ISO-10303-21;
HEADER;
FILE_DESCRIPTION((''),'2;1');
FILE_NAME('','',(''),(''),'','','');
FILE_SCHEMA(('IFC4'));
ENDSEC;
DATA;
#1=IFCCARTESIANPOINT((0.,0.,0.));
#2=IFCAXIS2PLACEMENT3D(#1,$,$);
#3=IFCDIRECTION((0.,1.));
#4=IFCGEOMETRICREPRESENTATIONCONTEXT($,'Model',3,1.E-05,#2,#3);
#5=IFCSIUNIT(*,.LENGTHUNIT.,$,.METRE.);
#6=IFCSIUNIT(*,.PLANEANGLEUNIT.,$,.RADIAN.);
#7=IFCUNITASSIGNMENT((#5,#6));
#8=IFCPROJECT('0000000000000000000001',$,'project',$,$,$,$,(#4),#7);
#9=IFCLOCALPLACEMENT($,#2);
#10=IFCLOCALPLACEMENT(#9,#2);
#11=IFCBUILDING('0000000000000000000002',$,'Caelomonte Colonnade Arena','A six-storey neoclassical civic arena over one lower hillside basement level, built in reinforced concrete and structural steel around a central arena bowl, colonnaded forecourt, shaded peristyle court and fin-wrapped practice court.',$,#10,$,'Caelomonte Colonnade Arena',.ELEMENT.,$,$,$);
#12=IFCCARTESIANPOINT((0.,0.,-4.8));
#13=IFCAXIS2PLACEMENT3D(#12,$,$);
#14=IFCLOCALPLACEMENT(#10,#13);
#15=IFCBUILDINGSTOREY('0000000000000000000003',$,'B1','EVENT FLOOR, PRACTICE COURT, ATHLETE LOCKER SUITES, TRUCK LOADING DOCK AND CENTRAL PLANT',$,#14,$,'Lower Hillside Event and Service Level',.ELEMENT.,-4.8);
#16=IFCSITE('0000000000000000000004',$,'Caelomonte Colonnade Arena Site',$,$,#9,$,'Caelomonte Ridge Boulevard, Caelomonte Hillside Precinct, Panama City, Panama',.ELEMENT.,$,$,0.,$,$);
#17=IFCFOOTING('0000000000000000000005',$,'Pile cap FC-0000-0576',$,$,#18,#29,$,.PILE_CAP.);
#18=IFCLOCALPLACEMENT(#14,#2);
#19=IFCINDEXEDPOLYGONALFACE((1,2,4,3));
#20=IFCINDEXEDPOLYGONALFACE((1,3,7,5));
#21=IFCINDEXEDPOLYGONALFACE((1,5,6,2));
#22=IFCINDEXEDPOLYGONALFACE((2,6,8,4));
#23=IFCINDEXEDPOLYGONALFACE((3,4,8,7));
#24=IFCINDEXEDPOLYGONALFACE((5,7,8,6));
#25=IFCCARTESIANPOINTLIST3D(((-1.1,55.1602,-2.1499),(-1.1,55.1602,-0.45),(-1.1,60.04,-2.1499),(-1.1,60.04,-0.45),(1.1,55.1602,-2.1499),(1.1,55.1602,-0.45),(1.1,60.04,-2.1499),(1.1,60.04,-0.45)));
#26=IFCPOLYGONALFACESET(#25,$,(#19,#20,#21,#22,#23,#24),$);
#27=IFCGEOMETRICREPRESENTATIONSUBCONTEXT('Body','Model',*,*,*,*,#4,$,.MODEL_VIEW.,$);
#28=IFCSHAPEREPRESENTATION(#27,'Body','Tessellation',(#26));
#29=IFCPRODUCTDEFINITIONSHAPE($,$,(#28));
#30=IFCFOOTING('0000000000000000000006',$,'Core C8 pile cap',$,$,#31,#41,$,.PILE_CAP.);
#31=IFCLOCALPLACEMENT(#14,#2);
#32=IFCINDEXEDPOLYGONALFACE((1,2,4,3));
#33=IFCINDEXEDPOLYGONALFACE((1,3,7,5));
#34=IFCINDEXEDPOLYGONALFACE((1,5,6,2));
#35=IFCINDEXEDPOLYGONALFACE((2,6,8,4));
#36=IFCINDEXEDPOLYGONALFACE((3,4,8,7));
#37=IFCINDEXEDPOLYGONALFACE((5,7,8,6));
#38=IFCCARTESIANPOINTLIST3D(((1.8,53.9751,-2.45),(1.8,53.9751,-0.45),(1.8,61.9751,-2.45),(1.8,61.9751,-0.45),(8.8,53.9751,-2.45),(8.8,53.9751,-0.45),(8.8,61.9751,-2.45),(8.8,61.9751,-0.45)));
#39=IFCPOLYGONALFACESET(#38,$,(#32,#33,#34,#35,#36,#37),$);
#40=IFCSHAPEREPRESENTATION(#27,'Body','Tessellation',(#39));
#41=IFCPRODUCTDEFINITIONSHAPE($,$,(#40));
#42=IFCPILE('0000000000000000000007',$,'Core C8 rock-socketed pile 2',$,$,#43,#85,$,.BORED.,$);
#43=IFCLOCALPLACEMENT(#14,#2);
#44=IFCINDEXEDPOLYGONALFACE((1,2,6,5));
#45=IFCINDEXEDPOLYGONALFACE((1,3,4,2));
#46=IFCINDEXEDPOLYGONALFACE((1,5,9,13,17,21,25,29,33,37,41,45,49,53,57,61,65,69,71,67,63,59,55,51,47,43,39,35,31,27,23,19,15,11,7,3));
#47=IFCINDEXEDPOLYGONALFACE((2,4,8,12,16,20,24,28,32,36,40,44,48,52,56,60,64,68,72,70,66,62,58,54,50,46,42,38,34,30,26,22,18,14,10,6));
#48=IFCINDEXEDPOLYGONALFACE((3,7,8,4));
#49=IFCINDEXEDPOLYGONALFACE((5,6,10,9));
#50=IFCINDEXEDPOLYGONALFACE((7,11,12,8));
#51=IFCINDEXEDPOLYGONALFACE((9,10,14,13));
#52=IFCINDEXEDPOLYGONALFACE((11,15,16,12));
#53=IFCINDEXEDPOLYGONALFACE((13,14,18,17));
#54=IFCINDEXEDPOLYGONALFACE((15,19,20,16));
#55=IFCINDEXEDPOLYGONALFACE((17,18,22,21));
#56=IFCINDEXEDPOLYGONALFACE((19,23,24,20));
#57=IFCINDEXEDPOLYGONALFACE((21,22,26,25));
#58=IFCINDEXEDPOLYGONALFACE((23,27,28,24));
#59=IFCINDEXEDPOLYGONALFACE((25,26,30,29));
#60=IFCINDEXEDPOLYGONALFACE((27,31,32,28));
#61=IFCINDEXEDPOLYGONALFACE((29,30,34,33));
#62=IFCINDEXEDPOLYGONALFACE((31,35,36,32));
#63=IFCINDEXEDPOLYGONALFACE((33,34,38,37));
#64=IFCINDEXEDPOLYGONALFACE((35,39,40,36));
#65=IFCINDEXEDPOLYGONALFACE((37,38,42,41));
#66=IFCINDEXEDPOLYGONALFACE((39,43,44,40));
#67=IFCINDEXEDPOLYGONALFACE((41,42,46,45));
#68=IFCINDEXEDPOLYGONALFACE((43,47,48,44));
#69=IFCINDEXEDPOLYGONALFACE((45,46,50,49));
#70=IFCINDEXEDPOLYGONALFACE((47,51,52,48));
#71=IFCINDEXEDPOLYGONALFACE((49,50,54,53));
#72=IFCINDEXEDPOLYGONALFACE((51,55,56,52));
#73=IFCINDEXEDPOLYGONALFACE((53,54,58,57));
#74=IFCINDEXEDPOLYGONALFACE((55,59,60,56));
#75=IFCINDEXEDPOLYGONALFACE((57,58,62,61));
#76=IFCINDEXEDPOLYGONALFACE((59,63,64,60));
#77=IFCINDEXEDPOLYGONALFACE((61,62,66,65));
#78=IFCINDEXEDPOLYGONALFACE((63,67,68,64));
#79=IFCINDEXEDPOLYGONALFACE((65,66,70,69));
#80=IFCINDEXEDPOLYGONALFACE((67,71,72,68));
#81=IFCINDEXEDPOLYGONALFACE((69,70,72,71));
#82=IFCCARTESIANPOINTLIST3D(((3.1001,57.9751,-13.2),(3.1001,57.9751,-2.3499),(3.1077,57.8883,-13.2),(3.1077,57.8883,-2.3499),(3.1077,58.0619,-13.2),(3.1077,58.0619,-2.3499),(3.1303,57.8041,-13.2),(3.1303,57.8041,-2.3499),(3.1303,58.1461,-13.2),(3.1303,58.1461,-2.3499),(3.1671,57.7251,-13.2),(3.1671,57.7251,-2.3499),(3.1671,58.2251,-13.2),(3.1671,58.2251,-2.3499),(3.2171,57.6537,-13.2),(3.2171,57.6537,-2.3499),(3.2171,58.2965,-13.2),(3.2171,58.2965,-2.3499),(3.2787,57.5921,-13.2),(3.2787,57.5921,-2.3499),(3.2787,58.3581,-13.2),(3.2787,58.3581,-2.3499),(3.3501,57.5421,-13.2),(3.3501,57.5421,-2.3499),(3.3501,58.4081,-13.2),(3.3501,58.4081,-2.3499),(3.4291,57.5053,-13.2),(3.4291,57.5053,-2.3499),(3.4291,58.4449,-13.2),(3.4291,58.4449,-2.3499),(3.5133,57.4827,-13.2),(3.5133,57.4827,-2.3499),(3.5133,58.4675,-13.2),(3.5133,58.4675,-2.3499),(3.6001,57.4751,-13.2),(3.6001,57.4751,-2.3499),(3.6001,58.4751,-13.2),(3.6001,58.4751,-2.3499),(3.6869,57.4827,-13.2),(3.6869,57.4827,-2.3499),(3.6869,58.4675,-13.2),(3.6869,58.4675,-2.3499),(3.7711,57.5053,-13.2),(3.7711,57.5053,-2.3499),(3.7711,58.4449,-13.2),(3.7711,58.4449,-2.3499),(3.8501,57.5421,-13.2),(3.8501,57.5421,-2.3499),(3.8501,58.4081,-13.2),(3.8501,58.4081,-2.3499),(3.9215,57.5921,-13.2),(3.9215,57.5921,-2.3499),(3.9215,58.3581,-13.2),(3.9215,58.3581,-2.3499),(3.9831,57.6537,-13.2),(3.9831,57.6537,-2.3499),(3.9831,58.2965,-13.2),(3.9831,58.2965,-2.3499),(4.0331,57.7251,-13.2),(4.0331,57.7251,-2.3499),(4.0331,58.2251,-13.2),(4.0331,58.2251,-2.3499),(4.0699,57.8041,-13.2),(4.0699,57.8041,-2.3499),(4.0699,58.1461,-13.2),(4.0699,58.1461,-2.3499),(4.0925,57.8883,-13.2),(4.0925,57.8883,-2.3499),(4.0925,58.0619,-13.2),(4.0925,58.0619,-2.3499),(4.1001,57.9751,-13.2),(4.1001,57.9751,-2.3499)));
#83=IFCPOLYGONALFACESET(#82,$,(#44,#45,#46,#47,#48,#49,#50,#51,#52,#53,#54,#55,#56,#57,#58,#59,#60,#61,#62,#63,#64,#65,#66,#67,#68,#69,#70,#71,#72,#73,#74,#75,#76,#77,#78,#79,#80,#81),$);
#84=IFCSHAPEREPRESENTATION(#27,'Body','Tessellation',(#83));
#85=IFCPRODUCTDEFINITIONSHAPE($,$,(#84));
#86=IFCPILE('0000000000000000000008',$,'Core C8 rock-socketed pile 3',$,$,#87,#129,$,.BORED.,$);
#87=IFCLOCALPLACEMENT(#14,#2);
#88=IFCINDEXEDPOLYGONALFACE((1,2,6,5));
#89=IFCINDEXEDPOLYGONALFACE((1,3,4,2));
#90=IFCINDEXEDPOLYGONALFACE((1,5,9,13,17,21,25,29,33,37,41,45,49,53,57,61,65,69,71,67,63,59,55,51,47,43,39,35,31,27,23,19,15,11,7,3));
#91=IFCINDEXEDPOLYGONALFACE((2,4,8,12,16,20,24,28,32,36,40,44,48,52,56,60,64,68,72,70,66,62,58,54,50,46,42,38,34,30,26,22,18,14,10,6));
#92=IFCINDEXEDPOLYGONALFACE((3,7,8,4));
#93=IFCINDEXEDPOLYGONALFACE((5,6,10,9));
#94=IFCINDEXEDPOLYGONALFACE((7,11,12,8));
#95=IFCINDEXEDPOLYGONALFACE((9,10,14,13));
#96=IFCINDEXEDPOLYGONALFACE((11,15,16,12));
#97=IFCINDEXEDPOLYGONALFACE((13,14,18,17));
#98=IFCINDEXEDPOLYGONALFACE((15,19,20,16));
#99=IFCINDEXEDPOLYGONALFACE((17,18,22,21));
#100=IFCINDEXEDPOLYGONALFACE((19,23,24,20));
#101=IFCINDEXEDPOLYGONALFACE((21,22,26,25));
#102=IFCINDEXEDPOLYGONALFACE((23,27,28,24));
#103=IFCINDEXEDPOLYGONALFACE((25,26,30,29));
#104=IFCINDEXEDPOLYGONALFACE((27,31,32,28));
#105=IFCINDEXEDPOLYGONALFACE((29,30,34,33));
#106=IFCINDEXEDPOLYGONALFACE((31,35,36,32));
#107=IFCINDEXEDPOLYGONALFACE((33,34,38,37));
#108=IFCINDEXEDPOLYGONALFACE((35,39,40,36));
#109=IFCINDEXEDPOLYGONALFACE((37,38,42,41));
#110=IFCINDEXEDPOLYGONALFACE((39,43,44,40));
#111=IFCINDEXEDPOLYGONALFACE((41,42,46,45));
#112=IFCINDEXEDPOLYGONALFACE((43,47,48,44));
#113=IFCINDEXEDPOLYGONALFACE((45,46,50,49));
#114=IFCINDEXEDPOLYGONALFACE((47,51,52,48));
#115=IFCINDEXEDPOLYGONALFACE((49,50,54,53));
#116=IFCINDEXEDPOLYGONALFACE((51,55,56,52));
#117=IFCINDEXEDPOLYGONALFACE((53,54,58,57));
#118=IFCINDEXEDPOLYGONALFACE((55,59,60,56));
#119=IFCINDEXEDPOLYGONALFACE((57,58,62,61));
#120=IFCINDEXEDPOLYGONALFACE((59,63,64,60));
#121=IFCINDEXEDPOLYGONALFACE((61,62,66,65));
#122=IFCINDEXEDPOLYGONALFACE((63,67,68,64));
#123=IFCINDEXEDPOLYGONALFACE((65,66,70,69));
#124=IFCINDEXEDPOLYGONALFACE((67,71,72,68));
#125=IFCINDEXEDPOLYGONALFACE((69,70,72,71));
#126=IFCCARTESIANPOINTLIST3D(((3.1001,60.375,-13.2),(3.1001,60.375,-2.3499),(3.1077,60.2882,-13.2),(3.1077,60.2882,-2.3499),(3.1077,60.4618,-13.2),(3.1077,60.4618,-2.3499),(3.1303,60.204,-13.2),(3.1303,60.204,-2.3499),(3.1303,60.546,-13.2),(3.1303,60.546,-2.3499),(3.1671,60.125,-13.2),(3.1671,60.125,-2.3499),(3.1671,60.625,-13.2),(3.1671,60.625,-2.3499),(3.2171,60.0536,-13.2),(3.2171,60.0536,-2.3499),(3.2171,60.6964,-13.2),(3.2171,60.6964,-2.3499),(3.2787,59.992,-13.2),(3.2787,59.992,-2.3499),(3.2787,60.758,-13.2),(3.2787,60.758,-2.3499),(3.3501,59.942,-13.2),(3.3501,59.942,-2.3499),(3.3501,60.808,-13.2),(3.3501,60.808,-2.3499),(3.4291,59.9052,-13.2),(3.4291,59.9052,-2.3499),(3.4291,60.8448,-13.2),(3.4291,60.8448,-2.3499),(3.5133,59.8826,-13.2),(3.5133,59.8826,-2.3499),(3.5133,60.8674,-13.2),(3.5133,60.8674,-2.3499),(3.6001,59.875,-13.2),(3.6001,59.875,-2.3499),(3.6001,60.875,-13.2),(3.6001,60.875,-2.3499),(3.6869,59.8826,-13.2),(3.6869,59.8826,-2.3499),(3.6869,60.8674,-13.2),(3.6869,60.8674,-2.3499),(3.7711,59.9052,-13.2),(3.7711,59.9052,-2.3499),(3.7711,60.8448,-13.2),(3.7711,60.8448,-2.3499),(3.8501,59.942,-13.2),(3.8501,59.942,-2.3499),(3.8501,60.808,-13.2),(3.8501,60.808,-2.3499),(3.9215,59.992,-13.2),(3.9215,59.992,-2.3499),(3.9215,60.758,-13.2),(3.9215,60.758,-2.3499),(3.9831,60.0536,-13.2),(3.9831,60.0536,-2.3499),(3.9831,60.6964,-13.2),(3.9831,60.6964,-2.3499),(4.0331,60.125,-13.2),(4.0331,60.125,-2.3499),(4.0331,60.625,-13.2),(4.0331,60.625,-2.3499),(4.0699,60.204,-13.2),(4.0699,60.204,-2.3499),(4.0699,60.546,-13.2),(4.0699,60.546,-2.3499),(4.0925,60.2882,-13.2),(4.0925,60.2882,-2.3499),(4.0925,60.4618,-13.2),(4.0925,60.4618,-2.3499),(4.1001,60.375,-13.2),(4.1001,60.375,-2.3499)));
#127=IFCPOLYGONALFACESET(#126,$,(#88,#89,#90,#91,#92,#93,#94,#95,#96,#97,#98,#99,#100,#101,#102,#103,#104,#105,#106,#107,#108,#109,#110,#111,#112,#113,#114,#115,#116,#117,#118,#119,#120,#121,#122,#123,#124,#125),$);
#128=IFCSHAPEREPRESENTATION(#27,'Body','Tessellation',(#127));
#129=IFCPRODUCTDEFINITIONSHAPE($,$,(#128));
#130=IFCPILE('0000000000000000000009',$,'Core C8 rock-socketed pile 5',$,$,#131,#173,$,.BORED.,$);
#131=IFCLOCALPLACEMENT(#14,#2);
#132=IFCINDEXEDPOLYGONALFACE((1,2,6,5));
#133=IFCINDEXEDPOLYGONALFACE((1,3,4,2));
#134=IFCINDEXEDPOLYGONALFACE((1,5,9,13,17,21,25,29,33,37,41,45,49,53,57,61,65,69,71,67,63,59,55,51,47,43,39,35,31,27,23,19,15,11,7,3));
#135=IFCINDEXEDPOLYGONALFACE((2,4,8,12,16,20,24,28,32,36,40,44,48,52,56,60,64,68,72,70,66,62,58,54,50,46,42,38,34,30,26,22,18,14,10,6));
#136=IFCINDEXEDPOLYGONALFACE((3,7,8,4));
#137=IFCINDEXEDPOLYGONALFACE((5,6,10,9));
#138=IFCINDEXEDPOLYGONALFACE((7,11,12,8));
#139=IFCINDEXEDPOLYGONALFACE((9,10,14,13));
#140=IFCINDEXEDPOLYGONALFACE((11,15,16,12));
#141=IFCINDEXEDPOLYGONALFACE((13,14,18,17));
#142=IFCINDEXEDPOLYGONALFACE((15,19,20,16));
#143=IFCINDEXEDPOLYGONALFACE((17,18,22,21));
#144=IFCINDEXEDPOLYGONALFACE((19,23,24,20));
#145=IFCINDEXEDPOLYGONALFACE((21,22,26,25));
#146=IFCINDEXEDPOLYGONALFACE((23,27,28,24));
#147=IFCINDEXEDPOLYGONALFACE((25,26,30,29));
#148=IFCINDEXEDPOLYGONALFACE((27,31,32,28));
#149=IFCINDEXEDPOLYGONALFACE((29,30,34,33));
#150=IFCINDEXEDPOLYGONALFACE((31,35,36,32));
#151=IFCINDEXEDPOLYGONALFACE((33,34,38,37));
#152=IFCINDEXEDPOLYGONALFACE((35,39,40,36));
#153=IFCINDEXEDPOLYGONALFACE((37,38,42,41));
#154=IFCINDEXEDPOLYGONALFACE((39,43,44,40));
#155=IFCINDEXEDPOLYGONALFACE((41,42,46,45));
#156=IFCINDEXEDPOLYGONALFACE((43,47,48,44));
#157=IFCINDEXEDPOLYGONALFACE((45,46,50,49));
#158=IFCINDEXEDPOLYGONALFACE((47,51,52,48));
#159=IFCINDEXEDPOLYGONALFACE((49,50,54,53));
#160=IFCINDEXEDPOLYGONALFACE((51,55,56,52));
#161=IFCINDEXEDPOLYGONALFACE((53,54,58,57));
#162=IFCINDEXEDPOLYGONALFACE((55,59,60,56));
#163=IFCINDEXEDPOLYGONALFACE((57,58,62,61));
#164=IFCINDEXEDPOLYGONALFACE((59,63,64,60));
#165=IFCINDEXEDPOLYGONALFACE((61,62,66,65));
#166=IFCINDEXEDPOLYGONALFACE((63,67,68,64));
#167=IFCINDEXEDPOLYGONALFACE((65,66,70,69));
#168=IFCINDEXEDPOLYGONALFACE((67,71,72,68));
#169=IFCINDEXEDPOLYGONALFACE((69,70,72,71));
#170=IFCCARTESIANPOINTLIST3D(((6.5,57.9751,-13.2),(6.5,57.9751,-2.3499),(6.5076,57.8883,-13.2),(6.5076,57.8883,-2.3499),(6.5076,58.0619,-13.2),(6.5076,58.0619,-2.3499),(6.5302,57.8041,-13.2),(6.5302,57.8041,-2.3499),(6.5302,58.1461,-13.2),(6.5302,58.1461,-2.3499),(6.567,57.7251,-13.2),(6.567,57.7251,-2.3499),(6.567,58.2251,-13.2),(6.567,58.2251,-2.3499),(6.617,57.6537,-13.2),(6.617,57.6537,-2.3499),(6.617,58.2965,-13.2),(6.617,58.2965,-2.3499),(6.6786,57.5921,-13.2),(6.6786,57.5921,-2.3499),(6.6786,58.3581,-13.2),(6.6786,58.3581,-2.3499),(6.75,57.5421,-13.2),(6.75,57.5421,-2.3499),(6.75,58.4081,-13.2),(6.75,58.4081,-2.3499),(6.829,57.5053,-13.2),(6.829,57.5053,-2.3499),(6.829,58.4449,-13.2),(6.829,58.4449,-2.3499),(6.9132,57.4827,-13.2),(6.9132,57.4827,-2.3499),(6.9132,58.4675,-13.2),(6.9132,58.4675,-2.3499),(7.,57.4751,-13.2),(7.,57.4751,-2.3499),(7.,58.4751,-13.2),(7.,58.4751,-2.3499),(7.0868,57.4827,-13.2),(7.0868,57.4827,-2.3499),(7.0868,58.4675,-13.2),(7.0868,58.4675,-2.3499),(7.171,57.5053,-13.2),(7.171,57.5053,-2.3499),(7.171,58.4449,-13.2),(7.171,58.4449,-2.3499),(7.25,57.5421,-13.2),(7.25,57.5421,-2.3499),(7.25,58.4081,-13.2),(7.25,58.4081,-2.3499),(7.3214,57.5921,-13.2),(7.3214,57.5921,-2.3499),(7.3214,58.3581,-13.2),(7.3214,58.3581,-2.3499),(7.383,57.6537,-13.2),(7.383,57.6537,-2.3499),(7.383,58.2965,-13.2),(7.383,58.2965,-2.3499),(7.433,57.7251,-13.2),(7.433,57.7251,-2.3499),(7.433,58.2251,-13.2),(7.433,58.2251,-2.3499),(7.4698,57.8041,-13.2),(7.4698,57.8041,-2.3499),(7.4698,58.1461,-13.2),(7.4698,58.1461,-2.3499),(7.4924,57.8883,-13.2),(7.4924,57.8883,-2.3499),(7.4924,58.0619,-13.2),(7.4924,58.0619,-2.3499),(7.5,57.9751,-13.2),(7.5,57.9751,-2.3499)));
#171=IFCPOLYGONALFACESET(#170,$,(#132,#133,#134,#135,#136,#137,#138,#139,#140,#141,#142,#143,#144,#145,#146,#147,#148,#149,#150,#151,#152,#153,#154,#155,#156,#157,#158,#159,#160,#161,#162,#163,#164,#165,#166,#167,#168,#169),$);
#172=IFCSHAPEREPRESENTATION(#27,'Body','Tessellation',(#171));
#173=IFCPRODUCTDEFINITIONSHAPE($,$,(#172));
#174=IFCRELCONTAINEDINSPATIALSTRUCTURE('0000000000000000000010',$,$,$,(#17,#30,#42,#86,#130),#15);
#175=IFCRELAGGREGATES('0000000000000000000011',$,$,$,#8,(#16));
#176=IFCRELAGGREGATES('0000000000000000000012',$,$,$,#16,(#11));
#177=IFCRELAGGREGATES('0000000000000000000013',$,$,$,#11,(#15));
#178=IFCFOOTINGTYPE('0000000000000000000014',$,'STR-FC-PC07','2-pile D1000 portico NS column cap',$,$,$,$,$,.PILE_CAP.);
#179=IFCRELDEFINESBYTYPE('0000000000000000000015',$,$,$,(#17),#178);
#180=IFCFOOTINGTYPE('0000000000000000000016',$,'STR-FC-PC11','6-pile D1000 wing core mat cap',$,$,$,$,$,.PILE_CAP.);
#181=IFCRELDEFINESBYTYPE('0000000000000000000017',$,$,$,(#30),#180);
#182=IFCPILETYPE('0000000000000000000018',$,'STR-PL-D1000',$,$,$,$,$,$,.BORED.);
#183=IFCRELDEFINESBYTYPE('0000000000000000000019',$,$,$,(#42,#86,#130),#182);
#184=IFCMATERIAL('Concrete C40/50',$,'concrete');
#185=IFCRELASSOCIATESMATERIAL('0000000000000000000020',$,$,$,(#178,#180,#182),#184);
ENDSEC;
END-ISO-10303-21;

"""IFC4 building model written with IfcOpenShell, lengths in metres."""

from ifc_helpers import new_model, si_unit, direction, frame, origin, origin_2d, place, context, subcontext, project, spatial, rectangle, circle, extrude, material, material_profile, profile_set, type_object, element, save


model = new_model("IFC4")

# Units and contexts
model_context = context("Model", 3, precision=1e-05, world=origin(), true_north=direction((0.0, 1.0)))
body_context = subcontext(model_context, "Body", "Model", "MODEL_VIEW")
ifc_project = project(units=[si_unit("LENGTHUNIT", "METRE"), si_unit("PLANEANGLEUNIT", "RADIAN")], contexts=[model_context])

# Site, building, storey
site_placement = place(None, origin())
site = spatial("IfcSite", under=ifc_project, at=site_placement, Name="Caelomonte Colonnade Arena Site", LongName="Caelomonte Ridge Boulevard, Caelomonte Hillside Precinct, Panama City, Panama", CompositionType="ELEMENT", RefElevation=0.0)
building_placement = place(site_placement, origin())
building = spatial("IfcBuilding", under=site, at=building_placement, Name="Caelomonte Colonnade Arena", Description="A six-storey neoclassical civic arena over one lower hillside basement level, built in reinforced concrete and structural steel around a central arena bowl, colonnaded forecourt, shaded peristyle court and fin-wrapped practice court.", LongName="Caelomonte Colonnade Arena", CompositionType="ELEMENT")
storey_placement = place(building_placement, frame((0.0, 0.0, -4.8)))
storey = spatial("IfcBuildingStorey", under=building, at=storey_placement, Name="B1", Description="EVENT FLOOR, PRACTICE COURT, ATHLETE LOCKER SUITES, TRUCK LOADING DOCK AND CENTRAL PLANT", LongName="Lower Hillside Event and Service Level", CompositionType="ELEMENT", Elevation=-4.8)

# Footings
ifc_material_1 = material(Name="Concrete C40/50", Category="concrete")
footing_type_1 = type_object("IfcFootingType", Name="STR-FC-PC07", Description="2-pile D1000 portico NS column cap", PredefinedType="PILE_CAP", material=ifc_material_1)
footing_1_placement = place(storey_placement, frame((0.0, 57.6001, -2.1499), z_axis=(0.0, 0.0, 1.0), x_axis=(1.0, 0.0, 0.0)))
element("IfcFooting", 1, at=footing_1_placement, inside=storey, type_object=footing_type_1, Name="Pile cap FC-0000-0576", PredefinedType="PILE_CAP", context=body_context, shape_type="SweptSolid", body=[
    extrude(rectangle(XDim=2.2, YDim=4.8799, at=origin_2d()), origin(), (0.0, 0.0, 1.0), 1.7),
])
footing_type_2 = type_object("IfcFootingType", Name="STR-FC-PC11", Description="6-pile D1000 wing core mat cap", PredefinedType="PILE_CAP", material=ifc_material_1)
footing_2_placement = place(storey_placement, frame((5.3, 57.9751, -2.45), z_axis=(0.0, 0.0, 1.0), x_axis=(1.0, 0.0, 0.0)))
element("IfcFooting", 2, at=footing_2_placement, inside=storey, type_object=footing_type_2, Name="Core C8 pile cap", PredefinedType="PILE_CAP", context=body_context, shape_type="SweptSolid", body=[
    extrude(rectangle(XDim=7.0, YDim=8.0, at=origin_2d()), origin(), (0.0, 0.0, 1.0), 2.0),
])

# Piles
ifc_material_profile_1 = material_profile(ifc_material_1, circle(Radius=0.5, at=origin_2d()), Name="PILE-D1000")
ifc_profile_set_1 = profile_set([ifc_material_profile_1], Name="Concrete C40/50")
pile_type = type_object("IfcPileType", Name="STR-PL-D1000", PredefinedType="BORED", material=ifc_profile_set_1)
for number, where, z_axis, x_axis, name in (
    (3, (3.6001, 57.9751, -2.3499), (0.0, 0.0, -1.0), (1.0, 0.0, 0.0), "Core C8 rock-socketed pile 2"),
    (4, (3.6001, 60.375, -2.3499), (0.0, 0.0, -1.0), (1.0, 0.0, 0.0), "Core C8 rock-socketed pile 3"),
    (5, (7.0, 57.9751, -2.3499), (0.0, 0.0, -1.0), (1.0, 0.0, 0.0), "Core C8 rock-socketed pile 5"),
):
    element("IfcPile", number, at=place(storey_placement, frame(where, z_axis=z_axis, x_axis=x_axis)), inside=storey, type_object=pile_type, Name=name, PredefinedType="BORED", context=body_context, shape_type="SweptSolid", body=[
        extrude(circle(Radius=0.5, at=origin_2d()), origin(), (0.0, 0.0, 1.0), 10.8501),
    ])

save(model, "model.ifc")
